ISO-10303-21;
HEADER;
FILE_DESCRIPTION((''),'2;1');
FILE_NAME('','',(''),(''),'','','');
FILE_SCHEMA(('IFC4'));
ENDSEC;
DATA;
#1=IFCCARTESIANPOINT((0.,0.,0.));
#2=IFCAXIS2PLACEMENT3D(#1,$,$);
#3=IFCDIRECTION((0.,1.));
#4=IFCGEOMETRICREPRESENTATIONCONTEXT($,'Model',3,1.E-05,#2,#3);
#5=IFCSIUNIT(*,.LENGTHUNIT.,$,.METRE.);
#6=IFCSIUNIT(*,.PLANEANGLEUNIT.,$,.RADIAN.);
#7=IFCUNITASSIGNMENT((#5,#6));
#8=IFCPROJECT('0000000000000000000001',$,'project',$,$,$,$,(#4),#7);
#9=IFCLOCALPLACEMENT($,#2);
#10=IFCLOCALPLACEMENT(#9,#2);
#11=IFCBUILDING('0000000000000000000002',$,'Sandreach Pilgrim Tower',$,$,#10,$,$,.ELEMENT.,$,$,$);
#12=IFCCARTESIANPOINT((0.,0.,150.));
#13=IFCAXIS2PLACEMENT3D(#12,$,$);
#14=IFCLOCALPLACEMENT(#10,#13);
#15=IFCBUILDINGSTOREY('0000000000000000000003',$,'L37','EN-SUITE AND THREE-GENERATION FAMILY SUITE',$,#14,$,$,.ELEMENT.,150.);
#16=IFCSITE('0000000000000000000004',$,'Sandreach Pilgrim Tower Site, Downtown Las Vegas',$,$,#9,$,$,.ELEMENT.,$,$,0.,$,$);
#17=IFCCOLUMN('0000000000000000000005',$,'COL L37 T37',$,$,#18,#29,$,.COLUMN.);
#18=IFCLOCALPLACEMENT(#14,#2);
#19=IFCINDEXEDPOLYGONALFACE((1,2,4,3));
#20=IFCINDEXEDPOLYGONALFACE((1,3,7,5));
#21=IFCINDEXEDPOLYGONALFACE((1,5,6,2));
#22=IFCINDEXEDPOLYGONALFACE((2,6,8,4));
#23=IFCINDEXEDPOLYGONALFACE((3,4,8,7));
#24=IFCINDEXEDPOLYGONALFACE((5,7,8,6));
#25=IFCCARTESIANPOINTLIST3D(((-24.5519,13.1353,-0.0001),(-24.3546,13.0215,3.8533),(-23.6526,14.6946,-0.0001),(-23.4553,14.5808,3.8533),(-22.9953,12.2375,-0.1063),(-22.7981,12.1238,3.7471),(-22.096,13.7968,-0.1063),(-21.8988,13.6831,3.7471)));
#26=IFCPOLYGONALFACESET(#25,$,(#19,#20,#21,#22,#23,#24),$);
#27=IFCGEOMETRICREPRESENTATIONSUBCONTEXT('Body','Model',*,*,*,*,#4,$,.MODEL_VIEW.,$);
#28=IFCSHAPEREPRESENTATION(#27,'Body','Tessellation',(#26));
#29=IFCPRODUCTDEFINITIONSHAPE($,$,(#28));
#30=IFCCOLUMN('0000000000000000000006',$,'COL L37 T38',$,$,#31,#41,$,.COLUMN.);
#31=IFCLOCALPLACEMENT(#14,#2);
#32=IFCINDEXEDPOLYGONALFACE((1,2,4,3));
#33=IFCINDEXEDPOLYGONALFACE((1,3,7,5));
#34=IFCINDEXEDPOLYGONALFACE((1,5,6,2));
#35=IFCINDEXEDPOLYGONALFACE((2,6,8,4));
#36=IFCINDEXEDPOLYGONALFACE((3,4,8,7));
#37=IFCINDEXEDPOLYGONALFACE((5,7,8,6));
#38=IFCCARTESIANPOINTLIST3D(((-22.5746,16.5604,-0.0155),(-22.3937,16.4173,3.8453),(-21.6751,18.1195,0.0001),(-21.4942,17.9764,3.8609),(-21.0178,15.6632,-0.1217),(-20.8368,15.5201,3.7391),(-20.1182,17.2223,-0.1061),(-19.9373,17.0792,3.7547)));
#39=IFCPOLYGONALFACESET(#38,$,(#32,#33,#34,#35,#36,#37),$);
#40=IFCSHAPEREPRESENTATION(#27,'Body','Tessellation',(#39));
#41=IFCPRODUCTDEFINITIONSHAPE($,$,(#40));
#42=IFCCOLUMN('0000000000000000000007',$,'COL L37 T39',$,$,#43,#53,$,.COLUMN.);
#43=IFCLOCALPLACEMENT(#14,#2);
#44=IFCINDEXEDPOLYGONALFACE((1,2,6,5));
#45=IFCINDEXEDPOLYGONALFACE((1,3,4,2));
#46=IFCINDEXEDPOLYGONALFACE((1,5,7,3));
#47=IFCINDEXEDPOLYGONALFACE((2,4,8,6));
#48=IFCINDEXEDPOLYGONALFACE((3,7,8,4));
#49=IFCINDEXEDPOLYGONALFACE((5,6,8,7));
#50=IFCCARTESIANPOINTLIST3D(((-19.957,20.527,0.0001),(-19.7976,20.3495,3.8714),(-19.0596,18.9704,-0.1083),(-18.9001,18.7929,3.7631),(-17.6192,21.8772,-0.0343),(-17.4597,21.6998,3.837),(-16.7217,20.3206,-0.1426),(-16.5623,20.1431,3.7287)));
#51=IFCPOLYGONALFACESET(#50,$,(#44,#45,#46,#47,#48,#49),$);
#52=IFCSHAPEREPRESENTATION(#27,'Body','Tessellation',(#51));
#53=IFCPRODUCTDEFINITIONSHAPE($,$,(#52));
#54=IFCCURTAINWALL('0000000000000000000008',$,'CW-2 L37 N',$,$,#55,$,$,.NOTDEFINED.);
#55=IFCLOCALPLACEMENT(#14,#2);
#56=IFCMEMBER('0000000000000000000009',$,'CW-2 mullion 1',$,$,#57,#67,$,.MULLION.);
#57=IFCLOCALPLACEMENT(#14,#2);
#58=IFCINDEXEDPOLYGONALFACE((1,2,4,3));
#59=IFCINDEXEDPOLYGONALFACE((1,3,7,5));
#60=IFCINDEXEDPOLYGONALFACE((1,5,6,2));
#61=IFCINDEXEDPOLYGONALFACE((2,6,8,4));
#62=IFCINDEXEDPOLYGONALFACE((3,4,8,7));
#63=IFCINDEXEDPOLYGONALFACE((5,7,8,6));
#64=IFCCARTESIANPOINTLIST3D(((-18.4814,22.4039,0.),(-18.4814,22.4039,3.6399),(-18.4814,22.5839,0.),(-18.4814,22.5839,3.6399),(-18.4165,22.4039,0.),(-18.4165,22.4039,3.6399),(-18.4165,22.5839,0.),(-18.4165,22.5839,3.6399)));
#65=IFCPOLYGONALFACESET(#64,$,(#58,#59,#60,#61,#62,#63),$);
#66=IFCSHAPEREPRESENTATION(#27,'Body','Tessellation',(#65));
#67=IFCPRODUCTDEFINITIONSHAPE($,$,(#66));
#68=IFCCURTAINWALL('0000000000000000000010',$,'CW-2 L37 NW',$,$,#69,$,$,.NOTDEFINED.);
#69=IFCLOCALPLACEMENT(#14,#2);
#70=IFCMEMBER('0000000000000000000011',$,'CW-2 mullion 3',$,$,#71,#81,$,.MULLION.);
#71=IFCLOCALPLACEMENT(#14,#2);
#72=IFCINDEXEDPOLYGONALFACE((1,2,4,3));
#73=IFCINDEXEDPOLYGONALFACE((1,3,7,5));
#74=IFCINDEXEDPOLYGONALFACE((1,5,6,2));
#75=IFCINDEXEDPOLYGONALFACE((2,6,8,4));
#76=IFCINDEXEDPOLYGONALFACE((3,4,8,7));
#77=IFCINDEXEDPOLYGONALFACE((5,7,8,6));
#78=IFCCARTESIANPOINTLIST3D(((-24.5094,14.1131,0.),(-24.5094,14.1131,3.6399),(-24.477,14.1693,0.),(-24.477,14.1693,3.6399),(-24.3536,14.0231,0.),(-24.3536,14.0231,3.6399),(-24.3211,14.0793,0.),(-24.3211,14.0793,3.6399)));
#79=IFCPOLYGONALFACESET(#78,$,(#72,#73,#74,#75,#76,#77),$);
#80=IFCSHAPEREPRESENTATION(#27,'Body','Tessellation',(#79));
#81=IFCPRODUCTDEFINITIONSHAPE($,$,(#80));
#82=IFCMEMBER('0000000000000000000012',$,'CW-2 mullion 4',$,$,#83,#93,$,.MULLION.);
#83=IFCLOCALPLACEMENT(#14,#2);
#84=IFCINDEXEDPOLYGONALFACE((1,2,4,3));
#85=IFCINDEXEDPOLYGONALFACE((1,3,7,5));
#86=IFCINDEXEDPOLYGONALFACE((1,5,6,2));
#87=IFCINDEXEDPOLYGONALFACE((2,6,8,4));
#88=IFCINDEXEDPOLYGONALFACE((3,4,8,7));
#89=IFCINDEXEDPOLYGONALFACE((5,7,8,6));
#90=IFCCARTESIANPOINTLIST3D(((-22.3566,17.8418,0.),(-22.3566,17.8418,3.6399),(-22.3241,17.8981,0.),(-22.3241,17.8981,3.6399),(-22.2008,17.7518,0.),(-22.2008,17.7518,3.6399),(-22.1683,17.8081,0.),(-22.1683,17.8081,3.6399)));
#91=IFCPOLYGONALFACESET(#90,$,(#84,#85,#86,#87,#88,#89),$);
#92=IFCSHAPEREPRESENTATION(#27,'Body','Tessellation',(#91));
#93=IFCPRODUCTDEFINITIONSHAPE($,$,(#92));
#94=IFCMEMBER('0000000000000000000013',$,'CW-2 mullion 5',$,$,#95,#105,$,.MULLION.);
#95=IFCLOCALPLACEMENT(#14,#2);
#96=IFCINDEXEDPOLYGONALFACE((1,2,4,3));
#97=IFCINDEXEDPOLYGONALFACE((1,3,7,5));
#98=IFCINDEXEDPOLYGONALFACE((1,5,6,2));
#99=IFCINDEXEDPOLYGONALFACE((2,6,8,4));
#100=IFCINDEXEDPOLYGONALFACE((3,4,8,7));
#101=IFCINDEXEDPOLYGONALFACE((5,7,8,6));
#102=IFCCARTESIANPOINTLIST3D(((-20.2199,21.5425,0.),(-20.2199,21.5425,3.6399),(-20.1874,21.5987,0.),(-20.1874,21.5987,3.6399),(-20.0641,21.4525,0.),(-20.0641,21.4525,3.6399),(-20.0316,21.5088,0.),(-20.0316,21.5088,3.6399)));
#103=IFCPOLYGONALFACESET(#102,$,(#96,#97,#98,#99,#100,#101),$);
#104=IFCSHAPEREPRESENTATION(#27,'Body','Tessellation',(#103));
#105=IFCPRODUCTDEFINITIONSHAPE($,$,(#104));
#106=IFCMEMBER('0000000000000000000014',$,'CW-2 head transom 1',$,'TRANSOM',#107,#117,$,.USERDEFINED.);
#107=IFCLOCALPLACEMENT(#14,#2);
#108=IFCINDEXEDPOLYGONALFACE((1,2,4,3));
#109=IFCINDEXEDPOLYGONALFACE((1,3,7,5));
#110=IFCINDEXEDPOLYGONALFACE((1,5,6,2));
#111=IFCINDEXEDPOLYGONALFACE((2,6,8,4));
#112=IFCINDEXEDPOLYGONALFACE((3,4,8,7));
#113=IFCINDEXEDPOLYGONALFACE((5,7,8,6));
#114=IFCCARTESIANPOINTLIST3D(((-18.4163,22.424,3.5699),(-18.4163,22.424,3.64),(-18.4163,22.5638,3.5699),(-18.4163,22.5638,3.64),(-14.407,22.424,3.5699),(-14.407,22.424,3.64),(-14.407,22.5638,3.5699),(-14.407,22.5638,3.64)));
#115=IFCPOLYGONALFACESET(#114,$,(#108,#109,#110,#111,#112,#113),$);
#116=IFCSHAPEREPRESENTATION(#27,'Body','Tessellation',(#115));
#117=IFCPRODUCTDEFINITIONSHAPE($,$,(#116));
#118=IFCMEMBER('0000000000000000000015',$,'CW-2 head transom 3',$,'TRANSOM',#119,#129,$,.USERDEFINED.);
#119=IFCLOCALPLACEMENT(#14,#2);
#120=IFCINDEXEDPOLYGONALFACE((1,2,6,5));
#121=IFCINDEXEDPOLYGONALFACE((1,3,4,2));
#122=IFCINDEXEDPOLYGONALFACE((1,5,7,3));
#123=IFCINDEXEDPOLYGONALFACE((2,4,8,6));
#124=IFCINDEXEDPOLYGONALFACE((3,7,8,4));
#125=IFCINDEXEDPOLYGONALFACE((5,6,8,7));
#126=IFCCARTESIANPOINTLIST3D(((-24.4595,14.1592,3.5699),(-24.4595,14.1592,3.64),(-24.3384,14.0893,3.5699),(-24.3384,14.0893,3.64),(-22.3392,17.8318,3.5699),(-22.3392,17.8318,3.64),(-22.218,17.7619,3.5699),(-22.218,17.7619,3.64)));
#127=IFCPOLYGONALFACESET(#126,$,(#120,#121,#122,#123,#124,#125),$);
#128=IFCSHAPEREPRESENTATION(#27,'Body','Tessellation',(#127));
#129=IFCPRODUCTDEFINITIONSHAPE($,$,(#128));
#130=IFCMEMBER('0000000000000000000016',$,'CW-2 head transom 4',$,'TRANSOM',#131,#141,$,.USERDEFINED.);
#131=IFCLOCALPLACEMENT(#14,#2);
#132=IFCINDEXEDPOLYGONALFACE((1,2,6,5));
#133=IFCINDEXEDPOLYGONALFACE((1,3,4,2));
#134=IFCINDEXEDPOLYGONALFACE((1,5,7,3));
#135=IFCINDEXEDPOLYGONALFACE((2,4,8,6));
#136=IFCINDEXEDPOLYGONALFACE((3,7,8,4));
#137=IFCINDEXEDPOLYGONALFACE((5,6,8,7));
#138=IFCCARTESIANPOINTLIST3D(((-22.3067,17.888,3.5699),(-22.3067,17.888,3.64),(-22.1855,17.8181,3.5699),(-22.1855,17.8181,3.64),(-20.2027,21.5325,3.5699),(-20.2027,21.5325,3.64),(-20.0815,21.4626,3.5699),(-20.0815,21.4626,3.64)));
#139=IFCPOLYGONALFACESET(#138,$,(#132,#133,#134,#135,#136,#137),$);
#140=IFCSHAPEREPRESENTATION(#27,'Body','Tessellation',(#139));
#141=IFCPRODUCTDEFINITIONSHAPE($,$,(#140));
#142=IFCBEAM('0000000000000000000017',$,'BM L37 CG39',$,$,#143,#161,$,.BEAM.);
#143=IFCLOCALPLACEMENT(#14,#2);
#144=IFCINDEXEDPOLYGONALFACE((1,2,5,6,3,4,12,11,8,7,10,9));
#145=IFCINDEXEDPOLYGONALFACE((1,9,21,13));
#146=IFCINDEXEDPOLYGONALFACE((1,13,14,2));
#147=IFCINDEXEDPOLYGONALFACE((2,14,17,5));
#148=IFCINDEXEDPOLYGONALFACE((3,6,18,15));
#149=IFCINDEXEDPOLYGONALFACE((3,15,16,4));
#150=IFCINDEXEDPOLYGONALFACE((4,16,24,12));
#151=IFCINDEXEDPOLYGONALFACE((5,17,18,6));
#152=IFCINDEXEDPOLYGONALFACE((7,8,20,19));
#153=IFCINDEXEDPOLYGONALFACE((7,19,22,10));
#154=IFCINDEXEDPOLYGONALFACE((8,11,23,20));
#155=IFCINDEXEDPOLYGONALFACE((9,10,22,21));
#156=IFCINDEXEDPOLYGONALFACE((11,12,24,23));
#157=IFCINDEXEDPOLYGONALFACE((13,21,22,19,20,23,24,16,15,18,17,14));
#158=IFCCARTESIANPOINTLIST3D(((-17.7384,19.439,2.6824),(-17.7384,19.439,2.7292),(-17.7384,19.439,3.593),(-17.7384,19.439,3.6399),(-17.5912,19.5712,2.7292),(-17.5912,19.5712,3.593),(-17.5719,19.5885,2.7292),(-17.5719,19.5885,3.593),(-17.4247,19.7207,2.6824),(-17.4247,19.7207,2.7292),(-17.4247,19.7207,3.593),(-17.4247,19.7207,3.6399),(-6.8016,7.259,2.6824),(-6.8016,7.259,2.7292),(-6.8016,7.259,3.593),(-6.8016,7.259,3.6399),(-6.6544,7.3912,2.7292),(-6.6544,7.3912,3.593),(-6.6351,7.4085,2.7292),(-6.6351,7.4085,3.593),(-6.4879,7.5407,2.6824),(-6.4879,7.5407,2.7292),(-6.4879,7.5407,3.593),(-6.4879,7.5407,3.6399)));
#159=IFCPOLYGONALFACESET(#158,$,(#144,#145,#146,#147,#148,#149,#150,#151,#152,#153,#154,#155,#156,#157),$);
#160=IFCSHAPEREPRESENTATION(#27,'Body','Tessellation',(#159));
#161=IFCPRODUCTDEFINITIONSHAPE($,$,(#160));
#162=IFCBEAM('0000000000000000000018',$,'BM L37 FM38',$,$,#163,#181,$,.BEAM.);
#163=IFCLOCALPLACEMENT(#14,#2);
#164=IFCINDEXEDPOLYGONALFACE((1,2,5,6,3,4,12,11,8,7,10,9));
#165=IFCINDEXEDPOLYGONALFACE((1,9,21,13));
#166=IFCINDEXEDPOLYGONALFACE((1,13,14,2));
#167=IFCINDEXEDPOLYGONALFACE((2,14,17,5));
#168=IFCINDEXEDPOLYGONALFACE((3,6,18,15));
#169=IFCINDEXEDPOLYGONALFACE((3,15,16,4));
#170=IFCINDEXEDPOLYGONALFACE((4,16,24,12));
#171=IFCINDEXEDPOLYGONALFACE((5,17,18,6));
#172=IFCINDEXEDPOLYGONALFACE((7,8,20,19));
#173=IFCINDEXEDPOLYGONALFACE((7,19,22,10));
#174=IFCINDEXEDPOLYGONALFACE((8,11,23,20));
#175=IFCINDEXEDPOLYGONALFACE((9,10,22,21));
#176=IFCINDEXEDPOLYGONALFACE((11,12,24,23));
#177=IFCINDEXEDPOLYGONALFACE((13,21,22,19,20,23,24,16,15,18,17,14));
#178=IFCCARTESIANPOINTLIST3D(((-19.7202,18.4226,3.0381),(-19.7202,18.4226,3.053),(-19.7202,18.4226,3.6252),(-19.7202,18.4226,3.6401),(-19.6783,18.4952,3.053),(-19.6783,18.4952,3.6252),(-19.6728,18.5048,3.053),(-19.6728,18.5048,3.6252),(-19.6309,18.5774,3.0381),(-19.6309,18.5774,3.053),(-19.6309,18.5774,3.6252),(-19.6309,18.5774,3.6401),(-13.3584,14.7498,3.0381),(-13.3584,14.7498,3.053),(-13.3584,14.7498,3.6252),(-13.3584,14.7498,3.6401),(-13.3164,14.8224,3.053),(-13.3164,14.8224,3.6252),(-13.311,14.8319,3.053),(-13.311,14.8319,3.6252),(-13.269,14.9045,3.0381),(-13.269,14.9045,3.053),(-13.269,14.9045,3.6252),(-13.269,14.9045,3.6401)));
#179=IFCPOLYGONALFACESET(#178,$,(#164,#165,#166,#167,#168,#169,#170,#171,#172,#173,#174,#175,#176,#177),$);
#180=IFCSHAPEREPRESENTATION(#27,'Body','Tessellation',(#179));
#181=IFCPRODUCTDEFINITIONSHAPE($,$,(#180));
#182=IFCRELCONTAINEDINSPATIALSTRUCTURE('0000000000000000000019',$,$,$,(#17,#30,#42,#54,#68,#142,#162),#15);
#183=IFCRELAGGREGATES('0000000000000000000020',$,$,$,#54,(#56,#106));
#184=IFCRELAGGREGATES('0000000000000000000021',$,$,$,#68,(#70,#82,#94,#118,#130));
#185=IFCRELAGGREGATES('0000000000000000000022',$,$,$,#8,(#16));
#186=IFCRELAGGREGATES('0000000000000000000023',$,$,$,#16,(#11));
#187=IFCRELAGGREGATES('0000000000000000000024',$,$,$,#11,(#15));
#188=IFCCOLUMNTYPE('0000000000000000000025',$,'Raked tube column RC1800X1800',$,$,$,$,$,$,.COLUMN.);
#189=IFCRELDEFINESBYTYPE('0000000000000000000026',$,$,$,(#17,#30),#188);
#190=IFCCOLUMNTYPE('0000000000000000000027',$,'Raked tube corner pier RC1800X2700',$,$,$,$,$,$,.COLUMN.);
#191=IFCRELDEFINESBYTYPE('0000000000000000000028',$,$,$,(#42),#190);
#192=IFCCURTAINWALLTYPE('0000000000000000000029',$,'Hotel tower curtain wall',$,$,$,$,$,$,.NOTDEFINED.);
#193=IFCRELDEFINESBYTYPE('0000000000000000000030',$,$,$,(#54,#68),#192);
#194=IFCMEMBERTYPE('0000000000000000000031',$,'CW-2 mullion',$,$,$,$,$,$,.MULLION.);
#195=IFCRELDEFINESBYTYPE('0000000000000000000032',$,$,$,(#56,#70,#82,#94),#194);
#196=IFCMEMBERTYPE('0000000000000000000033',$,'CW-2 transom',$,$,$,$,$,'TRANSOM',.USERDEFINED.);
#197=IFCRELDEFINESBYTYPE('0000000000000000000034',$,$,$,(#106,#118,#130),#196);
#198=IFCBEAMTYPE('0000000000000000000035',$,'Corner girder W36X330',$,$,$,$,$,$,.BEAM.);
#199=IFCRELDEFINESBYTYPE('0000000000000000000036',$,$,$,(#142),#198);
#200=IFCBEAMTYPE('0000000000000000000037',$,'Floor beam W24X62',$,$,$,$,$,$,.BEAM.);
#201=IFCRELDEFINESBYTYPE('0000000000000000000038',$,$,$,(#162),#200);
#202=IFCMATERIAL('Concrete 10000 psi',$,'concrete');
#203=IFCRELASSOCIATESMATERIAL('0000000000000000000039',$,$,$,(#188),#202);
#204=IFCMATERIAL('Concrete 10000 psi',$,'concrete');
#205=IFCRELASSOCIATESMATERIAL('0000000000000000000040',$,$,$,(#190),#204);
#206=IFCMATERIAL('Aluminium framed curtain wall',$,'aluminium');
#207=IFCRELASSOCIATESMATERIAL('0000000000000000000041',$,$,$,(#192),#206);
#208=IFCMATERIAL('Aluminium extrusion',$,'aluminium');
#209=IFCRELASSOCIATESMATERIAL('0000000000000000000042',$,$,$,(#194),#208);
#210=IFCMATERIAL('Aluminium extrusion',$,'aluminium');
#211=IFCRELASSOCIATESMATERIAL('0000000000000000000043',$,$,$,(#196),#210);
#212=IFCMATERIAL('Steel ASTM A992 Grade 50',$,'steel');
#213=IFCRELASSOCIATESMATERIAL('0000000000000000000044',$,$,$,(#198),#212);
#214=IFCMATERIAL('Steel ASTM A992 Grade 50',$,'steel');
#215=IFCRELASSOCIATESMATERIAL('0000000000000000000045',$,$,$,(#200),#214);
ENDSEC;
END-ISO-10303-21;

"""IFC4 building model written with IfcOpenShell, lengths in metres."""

from ifc_helpers import new_model, si_unit, direction, frame, origin, origin_2d, place, context, subcontext, project, spatial, rectangle, i_section, extrude, material, material_profile, profile_set, type_object, element, aggregate, save


model = new_model("IFC4")

# Units and contexts
model_context = context("Model", 3, precision=1e-05, world=origin(), true_north=direction((0.0, 1.0)))
body_context = subcontext(model_context, "Body", "Model", "MODEL_VIEW")
ifc_project = project(units=[si_unit("LENGTHUNIT", "METRE"), si_unit("PLANEANGLEUNIT", "RADIAN")], contexts=[model_context])

# Site, building, storey
site_placement = place(None, origin())
site = spatial("IfcSite", under=ifc_project, at=site_placement, Name="Sandreach Pilgrim Tower Site, Downtown Las Vegas", CompositionType="ELEMENT", RefElevation=0.0)
building_placement = place(site_placement, origin())
building = spatial("IfcBuilding", under=site, at=building_placement, Name="Sandreach Pilgrim Tower", CompositionType="ELEMENT")
storey_placement = place(building_placement, frame((0.0, 0.0, 150.0)))
storey = spatial("IfcBuildingStorey", under=building, at=storey_placement, Name="L37", Description="EN-SUITE AND THREE-GENERATION FAMILY SUITE", CompositionType="ELEMENT", Elevation=150.0)

# Columns
ifc_material_1 = material(Name="Concrete 10000 psi", Category="concrete")
ifc_material_profile_1 = material_profile(ifc_material_1, rectangle(XDim=1.8, YDim=1.8, at=origin_2d()), Name="RC1800X1800")
ifc_profile_set_1 = profile_set([ifc_material_profile_1], Name="Concrete 10000 psi")
column_type_1 = type_object("IfcColumnType", Name="Raked tube column RC1800X1800", PredefinedType="COLUMN", material=ifc_profile_set_1)
column_1_placement = place(storey_placement, frame((-23.324, 13.4661, -0.0532), z_axis=(0.051105, -0.029474, 0.998258), x_axis=(-0.864748, 0.498729, 0.058995)))
element("IfcColumn", 1, at=column_1_placement, inside=storey, type_object=column_type_1, Name="COL L37 T37", PredefinedType="COLUMN", context=body_context, shape_type="SweptSolid", body=[
    extrude(rectangle(XDim=1.8, YDim=1.8, at=origin_2d()), origin(), (0.0, 0.0, 1.0), 3.8601),
])
column_2_placement = place(storey_placement, frame((-21.3464, 16.8914, -0.0608), z_axis=(0.046774, -0.03699, 0.99822), x_axis=(-0.86492, 0.49843, 0.058997)))
element("IfcColumn", 2, at=column_2_placement, inside=storey, type_object=column_type_1, Name="COL L37 T38", PredefinedType="COLUMN", context=body_context, shape_type="SweptSolid", body=[
    extrude(rectangle(XDim=1.8, YDim=1.8, at=origin_2d()), origin(), (0.0, 0.0, 1.0), 3.8677),
])
ifc_material_2 = material(Name="Concrete 10000 psi", Category="concrete")
ifc_material_profile_2 = material_profile(ifc_material_2, rectangle(XDim=1.8, YDim=2.7, at=origin_2d()), Name="RC1800X2700")
ifc_profile_set_2 = profile_set([ifc_material_profile_2], Name="Concrete 10000 psi")
column_type_2 = type_object("IfcColumnType", Name="Raked tube corner pier RC1800X2700", PredefinedType="COLUMN", material=ifc_profile_set_2)
column_3_placement = place(storey_placement, frame((-18.3394, 20.4238, -0.0713), z_axis=(0.041103, -0.04576, 0.998106), x_axis=(-0.49856, 0.864764, 0.060178)))
element("IfcColumn", 3, at=column_3_placement, inside=storey, type_object=column_type_2, Name="COL L37 T39", PredefinedType="COLUMN", context=body_context, shape_type="SweptSolid", body=[
    extrude(rectangle(XDim=1.8, YDim=2.7, at=origin_2d()), origin(), (0.0, 0.0, 1.0), 3.8787),
])

# Curtain wall, member
ifc_material_3 = material(Name="Aluminium framed curtain wall", Category="aluminium")
curtain_wall_type = type_object("IfcCurtainWallType", Name="Hotel tower curtain wall", PredefinedType="NOTDEFINED", material=ifc_material_3)
curtain_wall_1_placement = place(storey_placement, origin())
curtain_wall_1 = element("IfcCurtainWall", 4, at=curtain_wall_1_placement, inside=storey, type_object=curtain_wall_type, Name="CW-2 L37 N", PredefinedType="NOTDEFINED")
ifc_material_4 = material(Name="Aluminium extrusion", Category="aluminium")
ifc_material_profile_3 = material_profile(ifc_material_4, rectangle(XDim=0.0649, YDim=0.1799, at=origin_2d()), Name="CW-2M 65X180")
ifc_profile_set_3 = profile_set([ifc_material_profile_3], Name="Aluminium extrusion")
member_type_1 = type_object("IfcMemberType", Name="CW-2 mullion", PredefinedType="MULLION", material=ifc_profile_set_3)
member_1_placement = place(storey_placement, frame((-18.449, 22.4939, 0.0), z_axis=(0.0, 0.0, 1.0), x_axis=(1.0, 0.0, 0.0)))
member_1 = element("IfcMember", 5, at=member_1_placement, type_object=member_type_1, Name="CW-2 mullion 1", PredefinedType="MULLION", context=body_context, shape_type="SweptSolid", body=[
    extrude(rectangle(XDim=0.0649, YDim=0.1799, at=origin_2d()), origin(), (0.0, 0.0, 1.0), 3.6399),
])

# Curtain wall, members
curtain_wall_2_placement = place(storey_placement, origin())
curtain_wall_2 = element("IfcCurtainWall", 6, at=curtain_wall_2_placement, inside=storey, type_object=curtain_wall_type, Name="CW-2 L37 NW", PredefinedType="NOTDEFINED")
member_2_placement = place(storey_placement, frame((-24.4153, 14.0962, 0.0), z_axis=(0.0, 0.0, 1.0), x_axis=(0.5, 0.866025, 0.0)))
member_2 = element("IfcMember", 7, at=member_2_placement, type_object=member_type_1, Name="CW-2 mullion 3", PredefinedType="MULLION", context=body_context, shape_type="SweptSolid", body=[
    extrude(rectangle(XDim=0.0649, YDim=0.1799, at=origin_2d()), origin(), (0.0, 0.0, 1.0), 3.6399),
])
member_3_placement = place(storey_placement, frame((-22.2625, 17.825, 0.0), z_axis=(0.0, 0.0, 1.0), x_axis=(0.5, 0.866025, 0.0)))
member_3 = element("IfcMember", 8, at=member_3_placement, type_object=member_type_1, Name="CW-2 mullion 4", PredefinedType="MULLION", context=body_context, shape_type="SweptSolid", body=[
    extrude(rectangle(XDim=0.0649, YDim=0.1799, at=origin_2d()), origin(), (0.0, 0.0, 1.0), 3.6399),
])
member_4_placement = place(storey_placement, frame((-20.1257, 21.5256, 0.0), z_axis=(0.0, 0.0, 1.0), x_axis=(0.5, 0.866025, 0.0)))
member_4 = element("IfcMember", 9, at=member_4_placement, type_object=member_type_1, Name="CW-2 mullion 5", PredefinedType="MULLION", context=body_context, shape_type="SweptSolid", body=[
    extrude(rectangle(XDim=0.0649, YDim=0.1799, at=origin_2d()), origin(), (0.0, 0.0, 1.0), 3.6399),
])

# Members
ifc_material_5 = material(Name="Aluminium extrusion", Category="aluminium")
ifc_material_profile_4 = material_profile(ifc_material_5, rectangle(XDim=0.1399, YDim=0.0701, at=origin_2d()), Name="CW-2T 140X70")
ifc_profile_set_4 = profile_set([ifc_material_profile_4], Name="Aluminium extrusion")
member_type_2 = type_object("IfcMemberType", Name="CW-2 transom", ElementType="TRANSOM", PredefinedType="USERDEFINED", material=ifc_profile_set_4)
member_5_placement = place(storey_placement, frame((-18.4163, 22.4939, 3.605), z_axis=(1.0, 0.0, 0.0), x_axis=(0.0, 1.0, 0.0)))
member_5 = element("IfcMember", 10, at=member_5_placement, type_object=member_type_2, Name="CW-2 head transom 1", ObjectType="TRANSOM", PredefinedType="USERDEFINED", context=body_context, shape_type="SweptSolid", body=[
    extrude(rectangle(XDim=0.1399, YDim=0.0701, at=origin_2d()), origin(), (0.0, 0.0, 1.0), 4.0093),
])
member_6_placement = place(storey_placement, frame((-24.3989, 14.1243, 3.605), z_axis=(0.499997, 0.866027, 0.0), x_axis=(-0.866027, 0.499997, 0.0)))
member_6 = element("IfcMember", 11, at=member_6_placement, type_object=member_type_2, Name="CW-2 head transom 3", ObjectType="TRANSOM", PredefinedType="USERDEFINED", context=body_context, shape_type="SweptSolid", body=[
    extrude(rectangle(XDim=0.1399, YDim=0.0701, at=origin_2d()), origin(), (0.0, 0.0, 1.0), 4.2407),
])
member_7_placement = place(storey_placement, frame((-22.2461, 17.853, 3.605), z_axis=(0.49997, 0.866043, 0.0), x_axis=(-0.866043, 0.49997, 0.0)))
member_7 = element("IfcMember", 12, at=member_7_placement, type_object=member_type_2, Name="CW-2 head transom 4", ObjectType="TRANSOM", PredefinedType="USERDEFINED", context=body_context, shape_type="SweptSolid", body=[
    extrude(rectangle(XDim=0.1399, YDim=0.0701, at=origin_2d()), origin(), (0.0, 0.0, 1.0), 4.2083),
])

# Beams
ifc_material_6 = material(Name="Steel ASTM A992 Grade 50", Category="steel")
ifc_material_profile_5 = material_profile(ifc_material_6, i_section(OverallWidth=0.4216, OverallDepth=0.9575, WebThickness=0.0259, FlangeThickness=0.0469, at=origin_2d()), Name="W36X330")
ifc_profile_set_5 = profile_set([ifc_material_profile_5], Name="Steel ASTM A992 Grade 50")
beam_type_1 = type_object("IfcBeamType", Name="Corner girder W36X330", PredefinedType="BEAM", material=ifc_profile_set_5)
beam_1_placement = place(storey_placement, frame((-17.5815, 19.5798, 3.1611), z_axis=(0.668115, -0.744058, 0.0), x_axis=(0.744058, 0.668115, 0.0)))
element("IfcBeam", 13, at=beam_1_placement, inside=storey, type_object=beam_type_1, Name="BM L37 CG39", PredefinedType="BEAM", context=body_context, shape_type="SweptSolid", body=[
    extrude(i_section(OverallWidth=0.4216, OverallDepth=0.9575, WebThickness=0.0259, FlangeThickness=0.0469, at=origin_2d()), origin(), (0.0, 0.0, 1.0), 16.3696),
])
ifc_material_7 = material(Name="Steel ASTM A992 Grade 50", Category="steel")
ifc_material_profile_6 = material_profile(ifc_material_7, i_section(OverallWidth=0.1787, OverallDepth=0.6021, WebThickness=0.011, FlangeThickness=0.0149, at=origin_2d()), Name="W24X62")
ifc_profile_set_6 = profile_set([ifc_material_profile_6], Name="Steel ASTM A992 Grade 50")
beam_type_2 = type_object("IfcBeamType", Name="Floor beam W24X62", PredefinedType="BEAM", material=ifc_profile_set_6)
beam_2_placement = place(storey_placement, frame((-19.6755, 18.5, 3.3391), z_axis=(0.866034, -0.499985, 0.0), x_axis=(0.499985, 0.866034, 0.0)))
element("IfcBeam", 14, at=beam_2_placement, inside=storey, type_object=beam_type_2, Name="BM L37 FM38", PredefinedType="BEAM", context=body_context, shape_type="SweptSolid", body=[
    extrude(i_section(OverallWidth=0.1787, OverallDepth=0.6021, WebThickness=0.011, FlangeThickness=0.0149, at=origin_2d()), origin(), (0.0, 0.0, 1.0), 7.3459),
])

aggregate(curtain_wall_1, [member_1, member_5])
aggregate(curtain_wall_2, [member_2, member_3, member_4, member_6, member_7])

save(model, "model.ifc")
